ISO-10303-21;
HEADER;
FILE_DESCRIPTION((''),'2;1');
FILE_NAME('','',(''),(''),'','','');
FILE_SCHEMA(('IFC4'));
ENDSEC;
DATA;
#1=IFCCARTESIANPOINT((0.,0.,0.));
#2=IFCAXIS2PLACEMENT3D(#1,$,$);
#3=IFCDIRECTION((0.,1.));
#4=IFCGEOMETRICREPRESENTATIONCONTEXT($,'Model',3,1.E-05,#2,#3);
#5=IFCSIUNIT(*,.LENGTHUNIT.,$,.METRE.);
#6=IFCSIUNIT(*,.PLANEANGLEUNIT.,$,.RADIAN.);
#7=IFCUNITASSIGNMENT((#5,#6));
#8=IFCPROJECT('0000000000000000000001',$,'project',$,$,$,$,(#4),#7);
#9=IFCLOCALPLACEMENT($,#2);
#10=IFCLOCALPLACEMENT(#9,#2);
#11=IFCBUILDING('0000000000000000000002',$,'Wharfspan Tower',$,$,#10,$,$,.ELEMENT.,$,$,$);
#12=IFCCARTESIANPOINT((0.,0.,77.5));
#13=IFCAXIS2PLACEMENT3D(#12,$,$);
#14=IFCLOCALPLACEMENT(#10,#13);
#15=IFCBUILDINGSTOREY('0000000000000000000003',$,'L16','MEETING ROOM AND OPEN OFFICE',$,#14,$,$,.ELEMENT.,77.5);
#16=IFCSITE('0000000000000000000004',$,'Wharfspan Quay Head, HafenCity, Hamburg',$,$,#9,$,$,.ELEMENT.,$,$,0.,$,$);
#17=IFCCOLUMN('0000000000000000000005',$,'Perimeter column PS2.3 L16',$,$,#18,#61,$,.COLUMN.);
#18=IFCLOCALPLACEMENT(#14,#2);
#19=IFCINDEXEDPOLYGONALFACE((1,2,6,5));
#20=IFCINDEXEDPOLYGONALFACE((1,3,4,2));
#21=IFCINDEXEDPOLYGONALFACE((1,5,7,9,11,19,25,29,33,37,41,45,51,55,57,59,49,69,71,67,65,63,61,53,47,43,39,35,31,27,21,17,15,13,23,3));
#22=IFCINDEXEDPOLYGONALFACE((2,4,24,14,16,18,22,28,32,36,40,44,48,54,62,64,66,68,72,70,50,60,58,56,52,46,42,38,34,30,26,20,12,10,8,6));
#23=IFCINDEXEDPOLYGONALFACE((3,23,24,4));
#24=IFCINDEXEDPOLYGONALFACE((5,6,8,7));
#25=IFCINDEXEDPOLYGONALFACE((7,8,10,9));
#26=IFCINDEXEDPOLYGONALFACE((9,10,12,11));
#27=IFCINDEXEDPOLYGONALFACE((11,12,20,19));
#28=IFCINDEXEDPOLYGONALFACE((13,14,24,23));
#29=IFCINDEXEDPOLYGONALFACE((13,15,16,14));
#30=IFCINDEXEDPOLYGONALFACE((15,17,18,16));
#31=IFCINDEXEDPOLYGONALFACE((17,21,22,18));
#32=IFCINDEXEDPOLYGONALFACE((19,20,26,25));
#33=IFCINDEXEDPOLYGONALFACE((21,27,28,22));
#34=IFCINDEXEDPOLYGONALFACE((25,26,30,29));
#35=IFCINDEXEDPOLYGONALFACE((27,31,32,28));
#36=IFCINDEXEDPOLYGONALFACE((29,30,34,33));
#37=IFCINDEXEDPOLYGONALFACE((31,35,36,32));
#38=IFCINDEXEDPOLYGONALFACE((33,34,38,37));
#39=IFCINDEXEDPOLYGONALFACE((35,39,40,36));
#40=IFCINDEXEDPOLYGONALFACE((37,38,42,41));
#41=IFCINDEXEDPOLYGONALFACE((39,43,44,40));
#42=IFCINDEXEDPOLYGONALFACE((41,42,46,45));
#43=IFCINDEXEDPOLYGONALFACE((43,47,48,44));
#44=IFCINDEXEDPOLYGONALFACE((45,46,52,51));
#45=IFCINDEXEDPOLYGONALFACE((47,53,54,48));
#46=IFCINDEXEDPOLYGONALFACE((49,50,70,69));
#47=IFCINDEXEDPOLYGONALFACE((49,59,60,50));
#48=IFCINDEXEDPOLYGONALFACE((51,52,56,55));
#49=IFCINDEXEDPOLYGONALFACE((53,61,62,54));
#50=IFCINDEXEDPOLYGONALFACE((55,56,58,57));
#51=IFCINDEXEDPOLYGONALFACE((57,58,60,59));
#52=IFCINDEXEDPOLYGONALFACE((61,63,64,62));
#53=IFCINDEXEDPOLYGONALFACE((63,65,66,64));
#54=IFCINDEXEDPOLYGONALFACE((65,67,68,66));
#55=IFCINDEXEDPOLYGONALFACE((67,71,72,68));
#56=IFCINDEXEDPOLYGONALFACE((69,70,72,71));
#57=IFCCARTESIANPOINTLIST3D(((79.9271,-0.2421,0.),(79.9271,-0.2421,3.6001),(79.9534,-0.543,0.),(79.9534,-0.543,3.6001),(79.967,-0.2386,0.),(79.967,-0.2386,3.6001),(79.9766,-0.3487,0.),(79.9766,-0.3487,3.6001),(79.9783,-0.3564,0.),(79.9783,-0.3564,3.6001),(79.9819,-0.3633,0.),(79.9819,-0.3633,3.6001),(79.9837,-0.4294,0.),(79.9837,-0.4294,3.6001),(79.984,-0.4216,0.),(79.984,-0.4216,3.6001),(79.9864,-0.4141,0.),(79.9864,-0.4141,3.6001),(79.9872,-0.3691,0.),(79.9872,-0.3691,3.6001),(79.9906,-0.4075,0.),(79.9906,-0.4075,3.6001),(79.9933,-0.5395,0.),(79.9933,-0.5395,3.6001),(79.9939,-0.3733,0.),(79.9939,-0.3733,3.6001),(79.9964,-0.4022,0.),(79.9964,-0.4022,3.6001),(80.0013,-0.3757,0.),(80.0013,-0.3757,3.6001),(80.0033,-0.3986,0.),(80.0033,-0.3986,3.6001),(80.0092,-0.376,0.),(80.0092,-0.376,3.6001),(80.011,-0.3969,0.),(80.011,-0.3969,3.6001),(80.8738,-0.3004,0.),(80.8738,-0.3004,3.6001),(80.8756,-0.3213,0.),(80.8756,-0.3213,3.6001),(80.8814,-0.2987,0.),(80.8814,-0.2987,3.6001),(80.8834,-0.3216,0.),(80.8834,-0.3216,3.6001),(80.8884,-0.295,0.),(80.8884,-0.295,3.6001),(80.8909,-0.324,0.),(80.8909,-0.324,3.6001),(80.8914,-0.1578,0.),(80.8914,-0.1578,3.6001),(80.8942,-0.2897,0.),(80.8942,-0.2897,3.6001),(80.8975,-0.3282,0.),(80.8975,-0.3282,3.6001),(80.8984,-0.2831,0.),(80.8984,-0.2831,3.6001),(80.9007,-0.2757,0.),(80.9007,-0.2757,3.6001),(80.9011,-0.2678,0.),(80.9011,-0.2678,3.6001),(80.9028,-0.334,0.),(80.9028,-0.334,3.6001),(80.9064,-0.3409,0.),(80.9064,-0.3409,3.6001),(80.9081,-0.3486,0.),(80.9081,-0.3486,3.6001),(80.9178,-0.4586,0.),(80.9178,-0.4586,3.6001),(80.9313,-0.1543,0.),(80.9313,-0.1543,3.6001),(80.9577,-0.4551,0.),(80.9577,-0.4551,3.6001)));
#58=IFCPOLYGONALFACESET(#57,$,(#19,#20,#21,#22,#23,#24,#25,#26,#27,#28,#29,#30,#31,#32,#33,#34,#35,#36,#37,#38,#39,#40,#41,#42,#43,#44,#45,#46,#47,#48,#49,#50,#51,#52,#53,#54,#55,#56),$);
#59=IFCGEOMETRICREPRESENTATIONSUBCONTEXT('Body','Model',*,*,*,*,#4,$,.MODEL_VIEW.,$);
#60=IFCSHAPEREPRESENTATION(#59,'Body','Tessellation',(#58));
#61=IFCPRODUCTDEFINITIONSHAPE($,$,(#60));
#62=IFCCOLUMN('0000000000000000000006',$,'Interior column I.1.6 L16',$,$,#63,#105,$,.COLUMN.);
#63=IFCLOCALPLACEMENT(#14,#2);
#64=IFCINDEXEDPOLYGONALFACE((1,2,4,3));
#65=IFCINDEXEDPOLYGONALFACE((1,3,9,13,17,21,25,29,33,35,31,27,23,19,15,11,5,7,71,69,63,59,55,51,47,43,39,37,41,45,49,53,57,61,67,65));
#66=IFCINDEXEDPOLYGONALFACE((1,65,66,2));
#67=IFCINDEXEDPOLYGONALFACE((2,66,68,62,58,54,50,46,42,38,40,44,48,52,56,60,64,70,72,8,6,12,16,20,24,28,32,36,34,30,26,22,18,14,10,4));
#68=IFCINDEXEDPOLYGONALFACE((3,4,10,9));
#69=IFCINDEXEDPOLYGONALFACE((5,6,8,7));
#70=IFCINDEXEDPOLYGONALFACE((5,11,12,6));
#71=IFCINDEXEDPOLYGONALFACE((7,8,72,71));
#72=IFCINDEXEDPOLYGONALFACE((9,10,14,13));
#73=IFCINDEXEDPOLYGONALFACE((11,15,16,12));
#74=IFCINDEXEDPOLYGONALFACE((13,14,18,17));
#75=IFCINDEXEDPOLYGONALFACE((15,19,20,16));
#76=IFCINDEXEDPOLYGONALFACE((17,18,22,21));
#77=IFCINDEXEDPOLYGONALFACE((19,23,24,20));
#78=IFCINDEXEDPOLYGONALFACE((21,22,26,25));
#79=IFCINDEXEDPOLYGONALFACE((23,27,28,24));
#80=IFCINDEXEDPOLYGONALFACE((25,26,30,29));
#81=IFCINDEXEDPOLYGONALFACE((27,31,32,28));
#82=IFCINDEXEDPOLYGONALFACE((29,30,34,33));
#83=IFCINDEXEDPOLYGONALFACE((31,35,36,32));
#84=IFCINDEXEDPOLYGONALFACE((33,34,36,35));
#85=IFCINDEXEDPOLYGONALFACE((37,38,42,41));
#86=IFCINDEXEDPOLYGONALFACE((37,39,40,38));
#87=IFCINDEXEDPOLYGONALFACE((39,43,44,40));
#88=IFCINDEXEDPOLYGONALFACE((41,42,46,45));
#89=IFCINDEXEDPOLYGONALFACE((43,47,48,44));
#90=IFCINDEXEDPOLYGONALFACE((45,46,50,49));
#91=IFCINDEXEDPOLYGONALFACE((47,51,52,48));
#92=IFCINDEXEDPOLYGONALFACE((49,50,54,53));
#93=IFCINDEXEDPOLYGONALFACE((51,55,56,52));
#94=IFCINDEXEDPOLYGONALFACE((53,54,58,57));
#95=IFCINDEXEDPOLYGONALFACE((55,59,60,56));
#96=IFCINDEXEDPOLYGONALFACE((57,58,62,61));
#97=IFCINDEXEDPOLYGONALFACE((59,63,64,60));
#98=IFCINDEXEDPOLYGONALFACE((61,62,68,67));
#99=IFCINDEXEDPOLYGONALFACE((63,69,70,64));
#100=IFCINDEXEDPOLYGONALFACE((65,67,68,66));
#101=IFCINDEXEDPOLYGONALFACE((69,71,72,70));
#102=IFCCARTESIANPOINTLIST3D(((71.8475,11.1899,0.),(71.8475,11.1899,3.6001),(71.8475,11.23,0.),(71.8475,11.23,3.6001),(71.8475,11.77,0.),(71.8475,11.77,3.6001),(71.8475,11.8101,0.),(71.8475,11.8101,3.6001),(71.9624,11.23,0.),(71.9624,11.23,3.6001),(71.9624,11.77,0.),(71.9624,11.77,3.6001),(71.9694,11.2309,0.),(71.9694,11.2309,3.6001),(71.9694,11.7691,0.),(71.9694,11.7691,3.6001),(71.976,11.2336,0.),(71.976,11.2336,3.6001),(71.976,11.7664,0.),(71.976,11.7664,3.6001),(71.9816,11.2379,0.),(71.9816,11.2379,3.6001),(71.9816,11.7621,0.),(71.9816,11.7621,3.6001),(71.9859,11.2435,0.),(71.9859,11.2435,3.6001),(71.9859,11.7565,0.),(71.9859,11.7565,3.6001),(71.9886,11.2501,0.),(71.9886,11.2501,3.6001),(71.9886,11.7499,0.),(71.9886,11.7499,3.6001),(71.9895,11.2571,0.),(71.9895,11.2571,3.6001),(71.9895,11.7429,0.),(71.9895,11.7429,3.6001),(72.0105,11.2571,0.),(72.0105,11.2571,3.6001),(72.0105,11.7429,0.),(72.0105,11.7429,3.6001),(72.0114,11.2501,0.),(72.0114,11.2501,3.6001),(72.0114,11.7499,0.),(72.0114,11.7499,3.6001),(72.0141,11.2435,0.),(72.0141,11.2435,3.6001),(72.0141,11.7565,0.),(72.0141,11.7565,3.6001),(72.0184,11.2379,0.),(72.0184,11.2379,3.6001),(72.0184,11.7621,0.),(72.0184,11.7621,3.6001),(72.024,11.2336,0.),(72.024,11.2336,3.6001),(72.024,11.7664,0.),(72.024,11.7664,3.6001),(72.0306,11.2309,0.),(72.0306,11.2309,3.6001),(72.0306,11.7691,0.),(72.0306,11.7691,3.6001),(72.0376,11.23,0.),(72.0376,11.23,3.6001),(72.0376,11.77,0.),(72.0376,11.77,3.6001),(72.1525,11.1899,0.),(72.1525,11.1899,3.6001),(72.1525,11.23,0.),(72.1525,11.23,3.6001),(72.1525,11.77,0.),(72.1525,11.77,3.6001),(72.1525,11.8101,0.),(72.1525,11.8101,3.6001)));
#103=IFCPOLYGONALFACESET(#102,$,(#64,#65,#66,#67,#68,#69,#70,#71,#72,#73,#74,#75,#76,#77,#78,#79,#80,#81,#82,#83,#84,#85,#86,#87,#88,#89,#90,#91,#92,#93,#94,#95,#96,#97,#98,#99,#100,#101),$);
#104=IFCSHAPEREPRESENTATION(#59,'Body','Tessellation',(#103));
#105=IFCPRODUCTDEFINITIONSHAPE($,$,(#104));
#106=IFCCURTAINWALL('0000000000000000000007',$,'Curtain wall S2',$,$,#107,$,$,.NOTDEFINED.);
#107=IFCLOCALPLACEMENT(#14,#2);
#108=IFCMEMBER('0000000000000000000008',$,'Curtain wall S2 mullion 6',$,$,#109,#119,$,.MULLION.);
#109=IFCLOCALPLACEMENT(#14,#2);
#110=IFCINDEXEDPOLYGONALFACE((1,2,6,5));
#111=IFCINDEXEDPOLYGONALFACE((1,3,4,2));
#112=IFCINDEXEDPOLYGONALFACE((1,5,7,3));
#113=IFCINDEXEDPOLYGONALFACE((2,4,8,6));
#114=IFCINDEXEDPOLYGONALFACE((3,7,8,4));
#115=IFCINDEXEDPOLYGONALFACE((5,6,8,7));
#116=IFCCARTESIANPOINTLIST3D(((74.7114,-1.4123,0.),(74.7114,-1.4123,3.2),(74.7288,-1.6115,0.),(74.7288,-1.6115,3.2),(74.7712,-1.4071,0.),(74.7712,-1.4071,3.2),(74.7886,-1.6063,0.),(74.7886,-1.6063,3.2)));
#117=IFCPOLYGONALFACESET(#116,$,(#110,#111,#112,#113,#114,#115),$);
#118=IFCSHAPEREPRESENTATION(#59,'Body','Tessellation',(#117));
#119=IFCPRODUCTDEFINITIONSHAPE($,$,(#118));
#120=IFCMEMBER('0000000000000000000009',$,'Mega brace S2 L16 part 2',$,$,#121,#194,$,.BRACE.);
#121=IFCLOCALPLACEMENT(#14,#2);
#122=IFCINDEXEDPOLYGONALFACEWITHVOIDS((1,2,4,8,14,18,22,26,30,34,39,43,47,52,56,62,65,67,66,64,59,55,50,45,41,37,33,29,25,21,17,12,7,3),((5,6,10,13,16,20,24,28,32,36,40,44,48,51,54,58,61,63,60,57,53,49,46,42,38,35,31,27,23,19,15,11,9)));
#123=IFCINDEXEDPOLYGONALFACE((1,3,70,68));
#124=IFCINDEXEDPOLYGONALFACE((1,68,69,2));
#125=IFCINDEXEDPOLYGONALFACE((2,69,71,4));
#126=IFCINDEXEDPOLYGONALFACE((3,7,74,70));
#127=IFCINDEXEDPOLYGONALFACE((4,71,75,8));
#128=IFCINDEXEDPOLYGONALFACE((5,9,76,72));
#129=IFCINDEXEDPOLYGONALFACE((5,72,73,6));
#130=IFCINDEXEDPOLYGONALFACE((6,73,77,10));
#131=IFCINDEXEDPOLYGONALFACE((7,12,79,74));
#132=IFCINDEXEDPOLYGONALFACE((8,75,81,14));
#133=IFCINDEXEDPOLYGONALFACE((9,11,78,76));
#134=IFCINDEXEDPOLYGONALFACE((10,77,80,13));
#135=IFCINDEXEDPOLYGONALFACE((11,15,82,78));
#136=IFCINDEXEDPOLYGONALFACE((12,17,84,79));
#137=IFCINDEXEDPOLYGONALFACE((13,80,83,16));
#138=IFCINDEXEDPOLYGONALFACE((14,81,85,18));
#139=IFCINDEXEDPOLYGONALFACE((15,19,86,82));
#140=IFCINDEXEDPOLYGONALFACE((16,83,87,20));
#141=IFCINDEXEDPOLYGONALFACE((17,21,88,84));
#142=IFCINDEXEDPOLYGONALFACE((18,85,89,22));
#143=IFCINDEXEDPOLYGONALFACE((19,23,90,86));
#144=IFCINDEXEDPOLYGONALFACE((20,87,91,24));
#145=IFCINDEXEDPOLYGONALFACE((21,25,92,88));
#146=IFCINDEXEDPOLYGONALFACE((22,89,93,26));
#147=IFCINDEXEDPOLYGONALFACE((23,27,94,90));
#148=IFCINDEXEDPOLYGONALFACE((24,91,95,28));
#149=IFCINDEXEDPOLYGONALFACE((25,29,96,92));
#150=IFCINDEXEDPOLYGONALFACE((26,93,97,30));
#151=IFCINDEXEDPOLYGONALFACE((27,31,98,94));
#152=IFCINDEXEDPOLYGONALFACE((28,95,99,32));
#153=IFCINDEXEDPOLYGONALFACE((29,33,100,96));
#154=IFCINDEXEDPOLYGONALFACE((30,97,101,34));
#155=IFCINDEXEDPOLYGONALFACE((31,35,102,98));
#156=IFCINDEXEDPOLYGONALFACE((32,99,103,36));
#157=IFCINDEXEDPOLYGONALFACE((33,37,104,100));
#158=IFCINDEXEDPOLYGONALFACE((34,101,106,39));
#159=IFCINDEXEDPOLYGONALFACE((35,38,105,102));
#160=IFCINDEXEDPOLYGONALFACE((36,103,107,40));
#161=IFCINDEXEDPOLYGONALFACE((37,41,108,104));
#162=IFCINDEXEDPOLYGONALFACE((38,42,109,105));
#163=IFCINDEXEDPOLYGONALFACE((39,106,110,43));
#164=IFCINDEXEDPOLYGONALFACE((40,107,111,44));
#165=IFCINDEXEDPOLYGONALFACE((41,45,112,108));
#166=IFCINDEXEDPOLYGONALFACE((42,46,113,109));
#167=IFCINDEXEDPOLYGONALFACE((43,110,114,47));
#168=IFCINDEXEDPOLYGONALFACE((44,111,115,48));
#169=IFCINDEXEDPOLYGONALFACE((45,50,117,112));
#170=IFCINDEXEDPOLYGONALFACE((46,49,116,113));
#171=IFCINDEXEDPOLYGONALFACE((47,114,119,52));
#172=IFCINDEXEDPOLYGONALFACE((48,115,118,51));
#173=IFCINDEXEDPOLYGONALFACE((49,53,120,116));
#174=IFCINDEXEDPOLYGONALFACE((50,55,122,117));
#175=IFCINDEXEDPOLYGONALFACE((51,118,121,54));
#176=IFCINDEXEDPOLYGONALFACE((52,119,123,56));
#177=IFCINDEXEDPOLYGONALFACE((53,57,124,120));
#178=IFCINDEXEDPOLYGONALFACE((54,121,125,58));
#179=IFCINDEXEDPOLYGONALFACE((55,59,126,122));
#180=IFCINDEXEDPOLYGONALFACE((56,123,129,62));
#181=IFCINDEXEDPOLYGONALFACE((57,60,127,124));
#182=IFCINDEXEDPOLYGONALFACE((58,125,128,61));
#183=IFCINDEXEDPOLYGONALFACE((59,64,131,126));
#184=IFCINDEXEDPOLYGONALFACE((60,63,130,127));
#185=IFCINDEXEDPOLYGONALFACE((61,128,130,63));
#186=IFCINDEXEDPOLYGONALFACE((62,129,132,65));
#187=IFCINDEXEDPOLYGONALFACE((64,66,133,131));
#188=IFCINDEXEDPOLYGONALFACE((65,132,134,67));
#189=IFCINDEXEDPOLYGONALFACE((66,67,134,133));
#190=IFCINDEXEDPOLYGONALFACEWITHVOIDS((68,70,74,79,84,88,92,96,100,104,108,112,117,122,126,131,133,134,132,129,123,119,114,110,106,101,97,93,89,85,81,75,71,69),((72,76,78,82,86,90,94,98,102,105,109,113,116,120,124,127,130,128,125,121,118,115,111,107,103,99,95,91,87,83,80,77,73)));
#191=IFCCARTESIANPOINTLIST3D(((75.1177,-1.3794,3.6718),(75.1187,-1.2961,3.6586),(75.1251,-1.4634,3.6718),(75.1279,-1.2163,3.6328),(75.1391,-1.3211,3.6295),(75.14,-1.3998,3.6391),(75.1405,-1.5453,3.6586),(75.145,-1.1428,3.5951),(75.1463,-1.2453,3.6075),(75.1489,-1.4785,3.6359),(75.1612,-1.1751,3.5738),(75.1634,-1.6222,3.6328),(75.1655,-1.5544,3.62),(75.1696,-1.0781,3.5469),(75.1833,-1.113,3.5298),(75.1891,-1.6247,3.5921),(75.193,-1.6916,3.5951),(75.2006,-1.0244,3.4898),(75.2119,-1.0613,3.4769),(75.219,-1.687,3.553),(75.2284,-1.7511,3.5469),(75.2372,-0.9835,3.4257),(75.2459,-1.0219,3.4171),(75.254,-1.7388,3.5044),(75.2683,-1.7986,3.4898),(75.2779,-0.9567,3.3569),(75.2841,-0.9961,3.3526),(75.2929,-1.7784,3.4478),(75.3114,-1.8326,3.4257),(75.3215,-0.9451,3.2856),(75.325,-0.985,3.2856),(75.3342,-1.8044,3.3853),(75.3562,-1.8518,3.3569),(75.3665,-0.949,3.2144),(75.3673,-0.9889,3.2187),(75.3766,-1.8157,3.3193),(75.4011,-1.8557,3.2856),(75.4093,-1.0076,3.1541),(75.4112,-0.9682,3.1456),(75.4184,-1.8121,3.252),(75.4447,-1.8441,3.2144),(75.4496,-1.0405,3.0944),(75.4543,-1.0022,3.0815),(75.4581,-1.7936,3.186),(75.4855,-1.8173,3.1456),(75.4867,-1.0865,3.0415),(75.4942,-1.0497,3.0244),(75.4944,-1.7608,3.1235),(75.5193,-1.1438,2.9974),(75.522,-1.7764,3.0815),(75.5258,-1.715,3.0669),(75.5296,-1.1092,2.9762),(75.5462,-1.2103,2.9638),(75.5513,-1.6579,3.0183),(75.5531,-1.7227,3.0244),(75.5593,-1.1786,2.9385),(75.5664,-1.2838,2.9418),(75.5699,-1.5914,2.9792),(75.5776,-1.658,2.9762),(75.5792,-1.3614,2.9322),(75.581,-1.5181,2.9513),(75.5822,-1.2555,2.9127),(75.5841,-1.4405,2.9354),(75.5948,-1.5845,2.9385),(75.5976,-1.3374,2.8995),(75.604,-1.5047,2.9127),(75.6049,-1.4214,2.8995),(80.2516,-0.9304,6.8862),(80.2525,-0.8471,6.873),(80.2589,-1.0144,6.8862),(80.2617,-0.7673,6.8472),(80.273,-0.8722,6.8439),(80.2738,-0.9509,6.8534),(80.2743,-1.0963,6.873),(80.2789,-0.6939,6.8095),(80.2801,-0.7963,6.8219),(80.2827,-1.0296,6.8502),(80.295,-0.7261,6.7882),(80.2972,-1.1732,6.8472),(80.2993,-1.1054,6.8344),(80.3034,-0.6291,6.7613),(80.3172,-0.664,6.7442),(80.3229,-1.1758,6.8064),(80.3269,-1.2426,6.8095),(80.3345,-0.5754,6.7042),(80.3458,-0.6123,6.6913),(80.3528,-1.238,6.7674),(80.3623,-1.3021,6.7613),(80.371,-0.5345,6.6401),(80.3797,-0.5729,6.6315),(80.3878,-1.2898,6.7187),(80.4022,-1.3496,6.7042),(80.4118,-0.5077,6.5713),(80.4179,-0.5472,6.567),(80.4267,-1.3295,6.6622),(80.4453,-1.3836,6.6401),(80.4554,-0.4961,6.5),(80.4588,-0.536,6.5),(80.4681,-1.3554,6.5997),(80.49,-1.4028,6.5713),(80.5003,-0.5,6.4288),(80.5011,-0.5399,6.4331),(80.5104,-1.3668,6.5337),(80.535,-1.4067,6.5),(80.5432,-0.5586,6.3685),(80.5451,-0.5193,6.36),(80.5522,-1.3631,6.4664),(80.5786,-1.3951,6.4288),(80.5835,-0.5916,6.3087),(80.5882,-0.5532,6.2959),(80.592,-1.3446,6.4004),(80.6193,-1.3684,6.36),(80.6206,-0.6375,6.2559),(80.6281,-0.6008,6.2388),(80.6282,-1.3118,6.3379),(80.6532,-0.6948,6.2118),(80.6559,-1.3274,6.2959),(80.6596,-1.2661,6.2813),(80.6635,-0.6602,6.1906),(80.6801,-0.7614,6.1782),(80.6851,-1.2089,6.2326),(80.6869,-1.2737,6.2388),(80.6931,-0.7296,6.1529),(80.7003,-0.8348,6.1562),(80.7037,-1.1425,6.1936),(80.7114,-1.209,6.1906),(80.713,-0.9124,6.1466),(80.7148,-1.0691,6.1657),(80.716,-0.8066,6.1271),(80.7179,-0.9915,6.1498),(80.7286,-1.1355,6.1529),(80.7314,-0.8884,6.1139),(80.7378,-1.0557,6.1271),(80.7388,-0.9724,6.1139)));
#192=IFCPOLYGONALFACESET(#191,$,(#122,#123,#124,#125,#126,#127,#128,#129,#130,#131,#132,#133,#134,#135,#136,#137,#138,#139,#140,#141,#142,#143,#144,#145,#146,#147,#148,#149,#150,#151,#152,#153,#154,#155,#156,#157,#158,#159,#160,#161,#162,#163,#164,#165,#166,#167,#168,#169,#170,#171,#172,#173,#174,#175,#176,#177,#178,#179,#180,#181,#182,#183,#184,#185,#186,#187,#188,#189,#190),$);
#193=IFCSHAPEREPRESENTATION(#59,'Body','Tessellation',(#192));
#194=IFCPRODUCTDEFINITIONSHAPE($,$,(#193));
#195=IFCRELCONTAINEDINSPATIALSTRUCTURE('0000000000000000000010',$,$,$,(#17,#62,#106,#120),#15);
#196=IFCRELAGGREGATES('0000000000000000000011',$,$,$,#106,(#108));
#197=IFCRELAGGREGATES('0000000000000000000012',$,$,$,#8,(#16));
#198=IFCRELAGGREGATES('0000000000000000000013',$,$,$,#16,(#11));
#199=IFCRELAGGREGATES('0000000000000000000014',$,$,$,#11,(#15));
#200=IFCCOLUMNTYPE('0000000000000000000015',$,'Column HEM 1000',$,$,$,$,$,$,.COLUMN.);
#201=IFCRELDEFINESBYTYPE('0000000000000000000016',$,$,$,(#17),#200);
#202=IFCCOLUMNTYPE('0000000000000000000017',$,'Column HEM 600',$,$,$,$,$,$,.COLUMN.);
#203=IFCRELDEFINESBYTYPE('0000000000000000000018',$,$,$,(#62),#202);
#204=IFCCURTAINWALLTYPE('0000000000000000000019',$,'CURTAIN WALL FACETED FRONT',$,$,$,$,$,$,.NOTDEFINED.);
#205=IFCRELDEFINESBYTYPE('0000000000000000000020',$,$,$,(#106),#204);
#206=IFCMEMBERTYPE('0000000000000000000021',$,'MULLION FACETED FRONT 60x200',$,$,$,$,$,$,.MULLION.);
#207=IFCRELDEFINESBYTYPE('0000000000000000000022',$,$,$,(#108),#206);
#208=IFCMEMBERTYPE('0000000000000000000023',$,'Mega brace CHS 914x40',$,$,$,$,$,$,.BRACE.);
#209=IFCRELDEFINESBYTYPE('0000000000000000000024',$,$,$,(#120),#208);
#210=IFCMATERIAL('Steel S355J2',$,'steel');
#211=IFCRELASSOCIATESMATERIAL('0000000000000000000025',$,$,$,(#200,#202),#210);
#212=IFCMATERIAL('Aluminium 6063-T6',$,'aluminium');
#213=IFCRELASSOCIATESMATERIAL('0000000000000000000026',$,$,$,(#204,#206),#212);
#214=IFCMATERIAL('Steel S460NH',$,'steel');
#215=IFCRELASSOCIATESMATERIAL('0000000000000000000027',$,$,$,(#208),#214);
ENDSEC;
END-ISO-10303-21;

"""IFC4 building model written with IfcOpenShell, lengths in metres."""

from ifc_helpers import new_model, si_unit, direction, frame, origin, origin_2d, place, context, subcontext, project, spatial, rectangle, hollow_circle, i_section, extrude, material, material_profile, profile_set, type_object, element, aggregate, save


model = new_model("IFC4")

# Units and contexts
model_context = context("Model", 3, precision=1e-05, world=origin(), true_north=direction((0.0, 1.0)))
body_context = subcontext(model_context, "Body", "Model", "MODEL_VIEW")
ifc_project = project(units=[si_unit("LENGTHUNIT", "METRE"), si_unit("PLANEANGLEUNIT", "RADIAN")], contexts=[model_context])

# Site, building, storey
site_placement = place(None, origin())
site = spatial("IfcSite", under=ifc_project, at=site_placement, Name="Wharfspan Quay Head, HafenCity, Hamburg", CompositionType="ELEMENT", RefElevation=0.0)
building_placement = place(site_placement, origin())
building = spatial("IfcBuilding", under=site, at=building_placement, Name="Wharfspan Tower", CompositionType="ELEMENT")
storey_placement = place(building_placement, frame((0.0, 0.0, 77.5)))
storey = spatial("IfcBuildingStorey", under=building, at=storey_placement, Name="L16", Description="MEETING ROOM AND OPEN OFFICE", CompositionType="ELEMENT", Elevation=77.5)

# Columns
ifc_material_1 = material(Name="Steel S355J2", Category="steel")
ifc_material_profile_1 = material_profile(ifc_material_1, i_section(OverallWidth=0.302, OverallDepth=1.0081, WebThickness=0.021, FlangeThickness=0.04, FilletRadius=0.03, at=origin_2d()))
ifc_profile_set_1 = profile_set([ifc_material_profile_1], Name="Steel S355J2")
column_type_1 = type_object("IfcColumnType", Name="Column HEM 1000", PredefinedType="COLUMN", material=ifc_profile_set_1)
column_1_placement = place(storey_placement, frame((80.4424, -0.3486, 0.0), z_axis=(0.0, 0.0, 1.0), x_axis=(0.087156, -0.996198, 0.0)))
element("IfcColumn", 1, at=column_1_placement, inside=storey, type_object=column_type_1, Name="Perimeter column PS2.3 L16", PredefinedType="COLUMN", context=body_context, shape_type="SweptSolid", body=[
    extrude(i_section(OverallWidth=0.302, OverallDepth=1.0081, WebThickness=0.021, FlangeThickness=0.04, FilletRadius=0.03, at=origin_2d()), origin(), (0.0, 0.0, 1.0), 3.6001),
])
ifc_material_profile_2 = material_profile(ifc_material_1, i_section(OverallWidth=0.3049, OverallDepth=0.6201, WebThickness=0.021, FlangeThickness=0.04, FilletRadius=0.0271, at=origin_2d()))
ifc_profile_set_2 = profile_set([ifc_material_profile_2], Name="Steel S355J2")
column_type_2 = type_object("IfcColumnType", Name="Column HEM 600", PredefinedType="COLUMN", material=ifc_profile_set_2)
column_2_placement = place(storey_placement, frame((72.0, 11.5, 0.0), z_axis=(0.0, 0.0, 1.0), x_axis=(1.0, 0.0, 0.0)))
element("IfcColumn", 2, at=column_2_placement, inside=storey, type_object=column_type_2, Name="Interior column I.1.6 L16", PredefinedType="COLUMN", context=body_context, shape_type="SweptSolid", body=[
    extrude(i_section(OverallWidth=0.3049, OverallDepth=0.6201, WebThickness=0.021, FlangeThickness=0.04, FilletRadius=0.0271, at=origin_2d()), origin(), (0.0, 0.0, 1.0), 3.6001),
])

# Curtain wall, member
ifc_material_2 = material(Name="Aluminium 6063-T6", Category="aluminium")
curtain_wall_type = type_object("IfcCurtainWallType", Name="CURTAIN WALL FACETED FRONT", PredefinedType="NOTDEFINED", material=ifc_material_2)
curtain_wall_placement = place(storey_placement, origin())
curtain_wall = element("IfcCurtainWall", 3, at=curtain_wall_placement, inside=storey, type_object=curtain_wall_type, Name="Curtain wall S2", PredefinedType="NOTDEFINED")
ifc_material_profile_3 = material_profile(ifc_material_2, rectangle(XDim=0.2, YDim=0.0601, at=origin_2d()))
ifc_profile_set_3 = profile_set([ifc_material_profile_3], Name="Aluminium 6063-T6")
member_type_1 = type_object("IfcMemberType", Name="MULLION FACETED FRONT 60x200", PredefinedType="MULLION", material=ifc_profile_set_3)
member_1_placement = place(storey_placement, frame((74.75, -1.5093, 0.0), z_axis=(0.0, 0.0, 1.0), x_axis=(-0.087156, 0.996197, 0.0)))
member_1 = element("IfcMember", 4, at=member_1_placement, type_object=member_type_1, Name="Curtain wall S2 mullion 6", PredefinedType="MULLION", context=body_context, shape_type="SweptSolid", body=[
    extrude(rectangle(XDim=0.2, YDim=0.0601, at=origin_2d()), origin(), (0.0, 0.0, 1.0), 3.2),
])

# Member
ifc_material_3 = material(Name="Steel S460NH", Category="steel")
ifc_material_profile_4 = material_profile(ifc_material_3, hollow_circle(Radius=0.457, WallThickness=0.04, at=origin_2d()))
ifc_profile_set_4 = profile_set([ifc_material_profile_4], Name="Steel S460NH")
member_type_2 = type_object("IfcMemberType", Name="Mega brace CHS 914x40", PredefinedType="BRACE", material=ifc_profile_set_4)
member_2_placement = place(storey_placement, frame((75.3613, -1.4004, 3.2856), z_axis=(0.845253, 0.073921, 0.529228), x_axis=(-0.08712, 0.996199, -0.000003)))
element("IfcMember", 5, at=member_2_placement, inside=storey, type_object=member_type_2, Name="Mega brace S2 L16 part 2", PredefinedType="BRACE", context=body_context, shape_type="SweptSolid", body=[
    extrude(hollow_circle(Radius=0.457, WallThickness=0.04, at=origin_2d()), origin(), (0.0, 0.0, 1.0), 6.0737),
])

aggregate(curtain_wall, [member_1])

save(model, "model.ifc")
